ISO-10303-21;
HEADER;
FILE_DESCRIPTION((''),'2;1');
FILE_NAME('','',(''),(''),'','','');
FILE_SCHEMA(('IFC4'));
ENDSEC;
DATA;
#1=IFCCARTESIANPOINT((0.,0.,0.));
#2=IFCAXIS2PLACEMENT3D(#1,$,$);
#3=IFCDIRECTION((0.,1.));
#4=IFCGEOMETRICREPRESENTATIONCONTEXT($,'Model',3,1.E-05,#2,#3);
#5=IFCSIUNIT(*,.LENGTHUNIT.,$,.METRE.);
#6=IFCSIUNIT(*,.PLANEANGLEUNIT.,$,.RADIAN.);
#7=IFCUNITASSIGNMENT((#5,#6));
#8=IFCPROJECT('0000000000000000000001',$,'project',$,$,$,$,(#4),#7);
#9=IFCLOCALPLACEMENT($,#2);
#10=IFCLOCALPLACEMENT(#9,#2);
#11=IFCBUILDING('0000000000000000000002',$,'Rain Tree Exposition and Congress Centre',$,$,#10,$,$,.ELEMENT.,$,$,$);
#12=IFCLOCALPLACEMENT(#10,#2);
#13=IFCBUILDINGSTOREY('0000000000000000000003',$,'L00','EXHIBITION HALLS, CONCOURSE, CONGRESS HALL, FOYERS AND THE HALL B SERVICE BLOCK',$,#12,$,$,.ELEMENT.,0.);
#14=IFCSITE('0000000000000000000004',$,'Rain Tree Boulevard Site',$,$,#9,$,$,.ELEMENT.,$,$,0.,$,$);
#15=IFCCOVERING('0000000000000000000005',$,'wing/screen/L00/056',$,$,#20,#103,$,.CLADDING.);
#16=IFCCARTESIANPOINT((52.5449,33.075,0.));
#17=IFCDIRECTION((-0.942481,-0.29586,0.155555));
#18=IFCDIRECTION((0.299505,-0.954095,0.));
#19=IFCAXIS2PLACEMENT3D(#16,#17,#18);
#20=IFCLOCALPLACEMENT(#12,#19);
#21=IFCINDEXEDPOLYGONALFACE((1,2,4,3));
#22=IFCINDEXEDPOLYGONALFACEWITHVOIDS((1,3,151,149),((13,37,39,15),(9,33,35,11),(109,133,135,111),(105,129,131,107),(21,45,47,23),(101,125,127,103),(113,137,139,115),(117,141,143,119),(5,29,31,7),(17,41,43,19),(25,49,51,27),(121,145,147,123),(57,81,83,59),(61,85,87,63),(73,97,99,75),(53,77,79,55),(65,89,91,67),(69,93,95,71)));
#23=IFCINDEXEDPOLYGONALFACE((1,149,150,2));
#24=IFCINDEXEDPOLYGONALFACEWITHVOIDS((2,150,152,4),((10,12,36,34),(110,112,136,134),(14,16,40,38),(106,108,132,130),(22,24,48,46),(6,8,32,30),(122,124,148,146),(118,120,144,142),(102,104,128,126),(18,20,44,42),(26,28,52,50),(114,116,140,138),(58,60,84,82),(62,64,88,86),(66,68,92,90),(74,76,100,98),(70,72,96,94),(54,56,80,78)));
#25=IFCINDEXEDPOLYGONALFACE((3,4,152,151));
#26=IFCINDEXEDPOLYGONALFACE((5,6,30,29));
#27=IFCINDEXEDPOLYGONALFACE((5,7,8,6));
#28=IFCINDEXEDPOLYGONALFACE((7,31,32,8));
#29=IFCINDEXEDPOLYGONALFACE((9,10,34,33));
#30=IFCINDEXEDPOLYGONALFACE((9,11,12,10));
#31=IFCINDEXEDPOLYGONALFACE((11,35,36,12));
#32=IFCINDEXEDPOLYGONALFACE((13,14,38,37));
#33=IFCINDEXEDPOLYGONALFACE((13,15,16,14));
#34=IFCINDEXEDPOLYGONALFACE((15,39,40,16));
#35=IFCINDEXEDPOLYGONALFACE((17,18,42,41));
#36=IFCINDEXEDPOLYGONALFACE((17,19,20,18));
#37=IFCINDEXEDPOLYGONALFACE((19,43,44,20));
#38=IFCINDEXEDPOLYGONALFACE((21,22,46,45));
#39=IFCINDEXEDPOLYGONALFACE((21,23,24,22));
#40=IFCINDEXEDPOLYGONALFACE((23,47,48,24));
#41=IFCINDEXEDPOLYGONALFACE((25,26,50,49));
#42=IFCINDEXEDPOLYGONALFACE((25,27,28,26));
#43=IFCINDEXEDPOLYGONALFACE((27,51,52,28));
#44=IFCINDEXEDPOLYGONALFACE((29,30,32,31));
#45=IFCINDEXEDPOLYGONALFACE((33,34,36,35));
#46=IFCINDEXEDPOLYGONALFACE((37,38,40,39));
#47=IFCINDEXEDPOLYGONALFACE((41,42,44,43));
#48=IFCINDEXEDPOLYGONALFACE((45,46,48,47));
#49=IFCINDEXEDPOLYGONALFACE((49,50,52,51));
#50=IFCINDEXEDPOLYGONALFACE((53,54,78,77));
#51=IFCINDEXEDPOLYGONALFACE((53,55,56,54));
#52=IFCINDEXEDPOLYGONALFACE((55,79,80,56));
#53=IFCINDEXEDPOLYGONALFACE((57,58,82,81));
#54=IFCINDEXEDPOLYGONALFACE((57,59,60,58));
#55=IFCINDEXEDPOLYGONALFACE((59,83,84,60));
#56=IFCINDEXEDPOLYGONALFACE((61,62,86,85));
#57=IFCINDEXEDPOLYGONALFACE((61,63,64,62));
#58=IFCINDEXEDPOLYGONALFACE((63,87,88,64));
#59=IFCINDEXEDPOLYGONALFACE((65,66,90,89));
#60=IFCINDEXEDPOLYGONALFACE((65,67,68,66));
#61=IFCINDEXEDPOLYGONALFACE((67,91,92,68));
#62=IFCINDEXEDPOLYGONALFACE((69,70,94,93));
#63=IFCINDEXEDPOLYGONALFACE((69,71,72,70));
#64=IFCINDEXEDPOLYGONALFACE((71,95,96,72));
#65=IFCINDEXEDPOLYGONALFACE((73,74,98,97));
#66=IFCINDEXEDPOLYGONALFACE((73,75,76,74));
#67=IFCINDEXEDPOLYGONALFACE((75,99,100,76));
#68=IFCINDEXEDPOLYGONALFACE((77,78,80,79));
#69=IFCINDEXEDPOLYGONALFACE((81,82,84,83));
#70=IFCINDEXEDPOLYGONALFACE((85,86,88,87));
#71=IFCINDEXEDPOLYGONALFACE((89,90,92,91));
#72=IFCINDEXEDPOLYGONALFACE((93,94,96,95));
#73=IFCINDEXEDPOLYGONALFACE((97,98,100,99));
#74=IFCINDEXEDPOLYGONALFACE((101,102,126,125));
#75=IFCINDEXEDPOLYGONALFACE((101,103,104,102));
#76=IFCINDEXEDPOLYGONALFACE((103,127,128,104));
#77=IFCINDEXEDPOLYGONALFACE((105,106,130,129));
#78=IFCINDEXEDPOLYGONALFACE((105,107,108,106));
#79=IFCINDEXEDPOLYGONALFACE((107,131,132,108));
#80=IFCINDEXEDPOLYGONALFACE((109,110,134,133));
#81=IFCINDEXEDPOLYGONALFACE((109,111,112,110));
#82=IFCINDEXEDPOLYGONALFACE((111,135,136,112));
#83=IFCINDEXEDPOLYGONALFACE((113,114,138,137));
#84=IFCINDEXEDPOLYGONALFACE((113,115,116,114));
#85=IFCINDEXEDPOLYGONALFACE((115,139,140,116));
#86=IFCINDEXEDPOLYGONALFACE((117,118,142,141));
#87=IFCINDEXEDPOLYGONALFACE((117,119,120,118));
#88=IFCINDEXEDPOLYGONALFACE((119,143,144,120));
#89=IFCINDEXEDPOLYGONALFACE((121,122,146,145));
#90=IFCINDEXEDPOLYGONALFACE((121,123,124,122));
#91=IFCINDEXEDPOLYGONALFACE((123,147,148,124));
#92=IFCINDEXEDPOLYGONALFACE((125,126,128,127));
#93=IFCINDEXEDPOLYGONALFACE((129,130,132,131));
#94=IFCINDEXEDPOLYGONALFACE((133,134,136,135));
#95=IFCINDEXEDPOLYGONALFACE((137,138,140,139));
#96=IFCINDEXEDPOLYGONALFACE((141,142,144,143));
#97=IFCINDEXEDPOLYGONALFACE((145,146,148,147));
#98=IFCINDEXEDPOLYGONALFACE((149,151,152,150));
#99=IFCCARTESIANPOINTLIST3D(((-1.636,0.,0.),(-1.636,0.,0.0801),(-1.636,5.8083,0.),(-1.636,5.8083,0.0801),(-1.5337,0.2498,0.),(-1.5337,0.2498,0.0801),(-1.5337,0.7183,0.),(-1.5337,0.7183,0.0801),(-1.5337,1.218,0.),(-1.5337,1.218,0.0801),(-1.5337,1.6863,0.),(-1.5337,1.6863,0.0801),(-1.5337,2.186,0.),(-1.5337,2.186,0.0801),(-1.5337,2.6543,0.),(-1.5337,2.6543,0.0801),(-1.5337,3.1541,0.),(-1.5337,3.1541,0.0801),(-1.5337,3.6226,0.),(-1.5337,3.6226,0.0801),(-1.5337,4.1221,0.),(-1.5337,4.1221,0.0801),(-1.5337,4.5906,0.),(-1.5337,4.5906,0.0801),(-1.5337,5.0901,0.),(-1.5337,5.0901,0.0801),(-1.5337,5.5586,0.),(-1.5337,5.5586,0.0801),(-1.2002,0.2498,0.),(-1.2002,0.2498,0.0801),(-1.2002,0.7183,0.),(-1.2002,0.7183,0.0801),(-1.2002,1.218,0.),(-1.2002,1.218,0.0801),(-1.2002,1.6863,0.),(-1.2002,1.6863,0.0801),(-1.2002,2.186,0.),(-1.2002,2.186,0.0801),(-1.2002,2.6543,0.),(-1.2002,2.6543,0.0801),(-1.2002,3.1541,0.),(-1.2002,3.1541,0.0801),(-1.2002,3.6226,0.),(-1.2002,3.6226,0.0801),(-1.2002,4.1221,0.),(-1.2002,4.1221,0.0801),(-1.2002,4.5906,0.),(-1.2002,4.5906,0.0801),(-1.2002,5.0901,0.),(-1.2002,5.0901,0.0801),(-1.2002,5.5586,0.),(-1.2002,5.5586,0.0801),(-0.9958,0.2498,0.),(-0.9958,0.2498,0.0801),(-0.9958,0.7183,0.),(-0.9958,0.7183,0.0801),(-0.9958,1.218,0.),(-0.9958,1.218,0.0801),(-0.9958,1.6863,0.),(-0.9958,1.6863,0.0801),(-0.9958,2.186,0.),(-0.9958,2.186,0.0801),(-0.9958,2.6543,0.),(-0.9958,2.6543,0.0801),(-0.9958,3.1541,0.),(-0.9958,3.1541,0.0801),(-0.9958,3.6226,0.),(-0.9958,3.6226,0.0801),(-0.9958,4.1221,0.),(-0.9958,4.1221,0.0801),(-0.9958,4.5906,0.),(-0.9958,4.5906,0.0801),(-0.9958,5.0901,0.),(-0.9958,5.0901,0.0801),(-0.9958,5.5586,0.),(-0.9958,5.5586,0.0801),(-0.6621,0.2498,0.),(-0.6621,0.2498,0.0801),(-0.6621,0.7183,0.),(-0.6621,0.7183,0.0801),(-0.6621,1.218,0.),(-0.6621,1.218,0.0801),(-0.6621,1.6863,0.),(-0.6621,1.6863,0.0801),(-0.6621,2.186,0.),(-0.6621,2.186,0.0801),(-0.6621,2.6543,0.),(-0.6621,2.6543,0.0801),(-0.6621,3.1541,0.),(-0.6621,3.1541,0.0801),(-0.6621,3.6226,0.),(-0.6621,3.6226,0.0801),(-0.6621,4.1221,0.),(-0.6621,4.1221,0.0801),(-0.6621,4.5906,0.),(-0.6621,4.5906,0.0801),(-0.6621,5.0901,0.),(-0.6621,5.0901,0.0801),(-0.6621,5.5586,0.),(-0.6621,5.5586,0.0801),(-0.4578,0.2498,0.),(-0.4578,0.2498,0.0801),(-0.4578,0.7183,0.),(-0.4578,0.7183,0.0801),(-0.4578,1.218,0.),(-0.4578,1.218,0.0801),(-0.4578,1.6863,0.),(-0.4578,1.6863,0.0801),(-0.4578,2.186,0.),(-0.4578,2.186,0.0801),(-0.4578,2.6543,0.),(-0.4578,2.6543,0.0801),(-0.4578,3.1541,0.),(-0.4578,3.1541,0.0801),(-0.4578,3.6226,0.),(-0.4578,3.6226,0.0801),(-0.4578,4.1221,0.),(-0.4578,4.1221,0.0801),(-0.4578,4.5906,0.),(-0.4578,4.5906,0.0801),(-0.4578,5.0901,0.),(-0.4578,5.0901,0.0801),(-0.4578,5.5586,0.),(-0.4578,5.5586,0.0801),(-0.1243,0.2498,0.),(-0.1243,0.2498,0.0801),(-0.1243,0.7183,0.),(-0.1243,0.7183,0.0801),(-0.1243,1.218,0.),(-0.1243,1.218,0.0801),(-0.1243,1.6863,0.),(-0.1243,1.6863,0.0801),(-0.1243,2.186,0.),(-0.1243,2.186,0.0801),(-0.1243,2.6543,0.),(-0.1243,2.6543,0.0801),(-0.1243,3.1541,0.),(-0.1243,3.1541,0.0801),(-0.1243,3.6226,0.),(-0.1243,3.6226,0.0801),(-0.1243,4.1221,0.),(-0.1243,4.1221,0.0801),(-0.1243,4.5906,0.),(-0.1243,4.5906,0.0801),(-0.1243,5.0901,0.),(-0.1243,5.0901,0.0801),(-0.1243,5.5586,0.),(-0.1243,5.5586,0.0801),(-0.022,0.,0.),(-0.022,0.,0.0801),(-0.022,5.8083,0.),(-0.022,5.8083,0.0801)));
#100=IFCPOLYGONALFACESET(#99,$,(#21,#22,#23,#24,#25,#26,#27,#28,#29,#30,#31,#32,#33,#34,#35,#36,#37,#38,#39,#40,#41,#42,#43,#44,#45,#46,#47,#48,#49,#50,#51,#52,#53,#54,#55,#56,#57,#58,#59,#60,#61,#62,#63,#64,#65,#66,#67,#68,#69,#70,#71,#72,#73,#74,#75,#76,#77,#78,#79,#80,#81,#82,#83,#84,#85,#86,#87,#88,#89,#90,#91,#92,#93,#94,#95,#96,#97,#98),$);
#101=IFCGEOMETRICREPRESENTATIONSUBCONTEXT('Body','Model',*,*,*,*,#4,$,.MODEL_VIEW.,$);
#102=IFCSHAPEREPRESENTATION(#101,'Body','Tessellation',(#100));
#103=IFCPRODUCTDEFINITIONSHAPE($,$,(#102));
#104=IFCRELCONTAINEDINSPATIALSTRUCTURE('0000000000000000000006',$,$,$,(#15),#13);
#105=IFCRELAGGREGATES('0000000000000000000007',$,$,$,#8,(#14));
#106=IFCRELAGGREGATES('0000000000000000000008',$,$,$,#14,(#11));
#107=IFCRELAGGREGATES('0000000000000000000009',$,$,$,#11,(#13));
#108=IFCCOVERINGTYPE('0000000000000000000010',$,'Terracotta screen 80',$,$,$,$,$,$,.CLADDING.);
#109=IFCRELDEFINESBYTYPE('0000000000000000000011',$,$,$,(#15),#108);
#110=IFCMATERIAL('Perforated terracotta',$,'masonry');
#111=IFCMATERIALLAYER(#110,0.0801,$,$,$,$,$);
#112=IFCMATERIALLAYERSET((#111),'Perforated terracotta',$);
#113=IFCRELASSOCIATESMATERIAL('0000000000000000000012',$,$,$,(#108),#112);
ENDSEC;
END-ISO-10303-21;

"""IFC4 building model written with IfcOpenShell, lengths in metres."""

from ifc_helpers import new_model, si_unit, direction, frame, origin, place, context, subcontext, project, spatial, polyline, outline, extrude, material, layer, layer_set, type_object, element, save


model = new_model("IFC4")

# Units and contexts
model_context = context("Model", 3, precision=1e-05, world=origin(), true_north=direction((0.0, 1.0)))
body_context = subcontext(model_context, "Body", "Model", "MODEL_VIEW")
ifc_project = project(units=[si_unit("LENGTHUNIT", "METRE"), si_unit("PLANEANGLEUNIT", "RADIAN")], contexts=[model_context])

# Site, building, storey
site_placement = place(None, origin())
site = spatial("IfcSite", under=ifc_project, at=site_placement, Name="Rain Tree Boulevard Site", CompositionType="ELEMENT", RefElevation=0.0)
building_placement = place(site_placement, origin())
building = spatial("IfcBuilding", under=site, at=building_placement, Name="Rain Tree Exposition and Congress Centre", CompositionType="ELEMENT")
storey_placement = place(building_placement, origin())
storey = spatial("IfcBuildingStorey", under=building, at=storey_placement, Name="L00", Description="EXHIBITION HALLS, CONCOURSE, CONGRESS HALL, FOYERS AND THE HALL B SERVICE BLOCK", CompositionType="ELEMENT", Elevation=0.0)

# Covering
ifc_material_1 = material(Name="Perforated terracotta", Category="masonry")
ifc_layer = layer(ifc_material_1, 0.0801)
ifc_layer_set = layer_set([ifc_layer], Name="Perforated terracotta")
covering_type = type_object("IfcCoveringType", Name="Terracotta screen 80", PredefinedType="CLADDING", material=ifc_layer_set)
covering_1_placement = place(storey_placement, frame((52.5449, 33.075, 0.0), z_axis=(-0.942481, -0.29586, 0.155555), x_axis=(0.299505, -0.954095, 0.0)))
element("IfcCovering", 1, at=covering_1_placement, inside=storey, type_object=covering_type, Name="wing/screen/L00/056", PredefinedType="CLADDING", context=body_context, shape_type="SweptSolid", body=[
    extrude(outline(polyline([(-0.022, 5.8083), (-0.022, 0.0), (-1.636, 0.0), (-1.636, 5.8083), (-0.022, 5.8083)]), holes=[polyline([(-0.1243, 0.2498), (-0.1243, 0.7183), (-0.4578, 0.7183), (-0.4578, 0.2498), (-0.1243, 0.2498)]), polyline([(-0.1243, 1.218), (-0.1243, 1.6863), (-0.4578, 1.6863), (-0.4578, 1.218), (-0.1243, 1.218)]), polyline([(-0.1243, 2.186), (-0.1243, 2.6543), (-0.4578, 2.6543), (-0.4578, 2.186), (-0.1243, 2.186)]), polyline([(-0.1243, 3.1541), (-0.1243, 3.6226), (-0.4578, 3.6226), (-0.4578, 3.1541), (-0.1243, 3.1541)]), polyline([(-0.1243, 4.1221), (-0.1243, 4.5906), (-0.4578, 4.5906), (-0.4578, 4.1221), (-0.1243, 4.1221)]), polyline([(-0.1243, 5.0901), (-0.1243, 5.5586), (-0.4578, 5.5586), (-0.4578, 5.0901), (-0.1243, 5.0901)]), polyline([(-0.6621, 0.2498), (-0.6621, 0.7183), (-0.9958, 0.7183), (-0.9958, 0.2498), (-0.6621, 0.2498)]), polyline([(-0.6621, 1.218), (-0.6621, 1.6863), (-0.9958, 1.6863), (-0.9958, 1.218), (-0.6621, 1.218)]), polyline([(-0.6621, 2.186), (-0.6621, 2.6543), (-0.9958, 2.6543), (-0.9958, 2.186), (-0.6621, 2.186)]), polyline([(-0.6621, 3.1541), (-0.6621, 3.6226), (-0.9958, 3.6226), (-0.9958, 3.1541), (-0.6621, 3.1541)]), polyline([(-0.6621, 4.1221), (-0.6621, 4.5906), (-0.9958, 4.5906), (-0.9958, 4.1221), (-0.6621, 4.1221)]), polyline([(-0.6621, 5.0901), (-0.6621, 5.5586), (-0.9958, 5.5586), (-0.9958, 5.0901), (-0.6621, 5.0901)]), polyline([(-1.2002, 0.2498), (-1.2002, 0.7183), (-1.5337, 0.7183), (-1.5337, 0.2498), (-1.2002, 0.2498)]), polyline([(-1.2002, 1.218), (-1.2002, 1.6863), (-1.5337, 1.6863), (-1.5337, 1.218), (-1.2002, 1.218)]), polyline([(-1.2002, 2.186), (-1.2002, 2.6543), (-1.5337, 2.6543), (-1.5337, 2.186), (-1.2002, 2.186)]), polyline([(-1.2002, 3.1541), (-1.2002, 3.6226), (-1.5337, 3.6226), (-1.5337, 3.1541), (-1.2002, 3.1541)]), polyline([(-1.2002, 4.1221), (-1.2002, 4.5906), (-1.5337, 4.5906), (-1.5337, 4.1221), (-1.2002, 4.1221)]), polyline([(-1.2002, 5.0901), (-1.2002, 5.5586), (-1.5337, 5.5586), (-1.5337, 5.0901), (-1.2002, 5.0901)])]), origin(), (0.0, 0.0, 1.0), 0.0801),
])

save(model, "model.ifc")
